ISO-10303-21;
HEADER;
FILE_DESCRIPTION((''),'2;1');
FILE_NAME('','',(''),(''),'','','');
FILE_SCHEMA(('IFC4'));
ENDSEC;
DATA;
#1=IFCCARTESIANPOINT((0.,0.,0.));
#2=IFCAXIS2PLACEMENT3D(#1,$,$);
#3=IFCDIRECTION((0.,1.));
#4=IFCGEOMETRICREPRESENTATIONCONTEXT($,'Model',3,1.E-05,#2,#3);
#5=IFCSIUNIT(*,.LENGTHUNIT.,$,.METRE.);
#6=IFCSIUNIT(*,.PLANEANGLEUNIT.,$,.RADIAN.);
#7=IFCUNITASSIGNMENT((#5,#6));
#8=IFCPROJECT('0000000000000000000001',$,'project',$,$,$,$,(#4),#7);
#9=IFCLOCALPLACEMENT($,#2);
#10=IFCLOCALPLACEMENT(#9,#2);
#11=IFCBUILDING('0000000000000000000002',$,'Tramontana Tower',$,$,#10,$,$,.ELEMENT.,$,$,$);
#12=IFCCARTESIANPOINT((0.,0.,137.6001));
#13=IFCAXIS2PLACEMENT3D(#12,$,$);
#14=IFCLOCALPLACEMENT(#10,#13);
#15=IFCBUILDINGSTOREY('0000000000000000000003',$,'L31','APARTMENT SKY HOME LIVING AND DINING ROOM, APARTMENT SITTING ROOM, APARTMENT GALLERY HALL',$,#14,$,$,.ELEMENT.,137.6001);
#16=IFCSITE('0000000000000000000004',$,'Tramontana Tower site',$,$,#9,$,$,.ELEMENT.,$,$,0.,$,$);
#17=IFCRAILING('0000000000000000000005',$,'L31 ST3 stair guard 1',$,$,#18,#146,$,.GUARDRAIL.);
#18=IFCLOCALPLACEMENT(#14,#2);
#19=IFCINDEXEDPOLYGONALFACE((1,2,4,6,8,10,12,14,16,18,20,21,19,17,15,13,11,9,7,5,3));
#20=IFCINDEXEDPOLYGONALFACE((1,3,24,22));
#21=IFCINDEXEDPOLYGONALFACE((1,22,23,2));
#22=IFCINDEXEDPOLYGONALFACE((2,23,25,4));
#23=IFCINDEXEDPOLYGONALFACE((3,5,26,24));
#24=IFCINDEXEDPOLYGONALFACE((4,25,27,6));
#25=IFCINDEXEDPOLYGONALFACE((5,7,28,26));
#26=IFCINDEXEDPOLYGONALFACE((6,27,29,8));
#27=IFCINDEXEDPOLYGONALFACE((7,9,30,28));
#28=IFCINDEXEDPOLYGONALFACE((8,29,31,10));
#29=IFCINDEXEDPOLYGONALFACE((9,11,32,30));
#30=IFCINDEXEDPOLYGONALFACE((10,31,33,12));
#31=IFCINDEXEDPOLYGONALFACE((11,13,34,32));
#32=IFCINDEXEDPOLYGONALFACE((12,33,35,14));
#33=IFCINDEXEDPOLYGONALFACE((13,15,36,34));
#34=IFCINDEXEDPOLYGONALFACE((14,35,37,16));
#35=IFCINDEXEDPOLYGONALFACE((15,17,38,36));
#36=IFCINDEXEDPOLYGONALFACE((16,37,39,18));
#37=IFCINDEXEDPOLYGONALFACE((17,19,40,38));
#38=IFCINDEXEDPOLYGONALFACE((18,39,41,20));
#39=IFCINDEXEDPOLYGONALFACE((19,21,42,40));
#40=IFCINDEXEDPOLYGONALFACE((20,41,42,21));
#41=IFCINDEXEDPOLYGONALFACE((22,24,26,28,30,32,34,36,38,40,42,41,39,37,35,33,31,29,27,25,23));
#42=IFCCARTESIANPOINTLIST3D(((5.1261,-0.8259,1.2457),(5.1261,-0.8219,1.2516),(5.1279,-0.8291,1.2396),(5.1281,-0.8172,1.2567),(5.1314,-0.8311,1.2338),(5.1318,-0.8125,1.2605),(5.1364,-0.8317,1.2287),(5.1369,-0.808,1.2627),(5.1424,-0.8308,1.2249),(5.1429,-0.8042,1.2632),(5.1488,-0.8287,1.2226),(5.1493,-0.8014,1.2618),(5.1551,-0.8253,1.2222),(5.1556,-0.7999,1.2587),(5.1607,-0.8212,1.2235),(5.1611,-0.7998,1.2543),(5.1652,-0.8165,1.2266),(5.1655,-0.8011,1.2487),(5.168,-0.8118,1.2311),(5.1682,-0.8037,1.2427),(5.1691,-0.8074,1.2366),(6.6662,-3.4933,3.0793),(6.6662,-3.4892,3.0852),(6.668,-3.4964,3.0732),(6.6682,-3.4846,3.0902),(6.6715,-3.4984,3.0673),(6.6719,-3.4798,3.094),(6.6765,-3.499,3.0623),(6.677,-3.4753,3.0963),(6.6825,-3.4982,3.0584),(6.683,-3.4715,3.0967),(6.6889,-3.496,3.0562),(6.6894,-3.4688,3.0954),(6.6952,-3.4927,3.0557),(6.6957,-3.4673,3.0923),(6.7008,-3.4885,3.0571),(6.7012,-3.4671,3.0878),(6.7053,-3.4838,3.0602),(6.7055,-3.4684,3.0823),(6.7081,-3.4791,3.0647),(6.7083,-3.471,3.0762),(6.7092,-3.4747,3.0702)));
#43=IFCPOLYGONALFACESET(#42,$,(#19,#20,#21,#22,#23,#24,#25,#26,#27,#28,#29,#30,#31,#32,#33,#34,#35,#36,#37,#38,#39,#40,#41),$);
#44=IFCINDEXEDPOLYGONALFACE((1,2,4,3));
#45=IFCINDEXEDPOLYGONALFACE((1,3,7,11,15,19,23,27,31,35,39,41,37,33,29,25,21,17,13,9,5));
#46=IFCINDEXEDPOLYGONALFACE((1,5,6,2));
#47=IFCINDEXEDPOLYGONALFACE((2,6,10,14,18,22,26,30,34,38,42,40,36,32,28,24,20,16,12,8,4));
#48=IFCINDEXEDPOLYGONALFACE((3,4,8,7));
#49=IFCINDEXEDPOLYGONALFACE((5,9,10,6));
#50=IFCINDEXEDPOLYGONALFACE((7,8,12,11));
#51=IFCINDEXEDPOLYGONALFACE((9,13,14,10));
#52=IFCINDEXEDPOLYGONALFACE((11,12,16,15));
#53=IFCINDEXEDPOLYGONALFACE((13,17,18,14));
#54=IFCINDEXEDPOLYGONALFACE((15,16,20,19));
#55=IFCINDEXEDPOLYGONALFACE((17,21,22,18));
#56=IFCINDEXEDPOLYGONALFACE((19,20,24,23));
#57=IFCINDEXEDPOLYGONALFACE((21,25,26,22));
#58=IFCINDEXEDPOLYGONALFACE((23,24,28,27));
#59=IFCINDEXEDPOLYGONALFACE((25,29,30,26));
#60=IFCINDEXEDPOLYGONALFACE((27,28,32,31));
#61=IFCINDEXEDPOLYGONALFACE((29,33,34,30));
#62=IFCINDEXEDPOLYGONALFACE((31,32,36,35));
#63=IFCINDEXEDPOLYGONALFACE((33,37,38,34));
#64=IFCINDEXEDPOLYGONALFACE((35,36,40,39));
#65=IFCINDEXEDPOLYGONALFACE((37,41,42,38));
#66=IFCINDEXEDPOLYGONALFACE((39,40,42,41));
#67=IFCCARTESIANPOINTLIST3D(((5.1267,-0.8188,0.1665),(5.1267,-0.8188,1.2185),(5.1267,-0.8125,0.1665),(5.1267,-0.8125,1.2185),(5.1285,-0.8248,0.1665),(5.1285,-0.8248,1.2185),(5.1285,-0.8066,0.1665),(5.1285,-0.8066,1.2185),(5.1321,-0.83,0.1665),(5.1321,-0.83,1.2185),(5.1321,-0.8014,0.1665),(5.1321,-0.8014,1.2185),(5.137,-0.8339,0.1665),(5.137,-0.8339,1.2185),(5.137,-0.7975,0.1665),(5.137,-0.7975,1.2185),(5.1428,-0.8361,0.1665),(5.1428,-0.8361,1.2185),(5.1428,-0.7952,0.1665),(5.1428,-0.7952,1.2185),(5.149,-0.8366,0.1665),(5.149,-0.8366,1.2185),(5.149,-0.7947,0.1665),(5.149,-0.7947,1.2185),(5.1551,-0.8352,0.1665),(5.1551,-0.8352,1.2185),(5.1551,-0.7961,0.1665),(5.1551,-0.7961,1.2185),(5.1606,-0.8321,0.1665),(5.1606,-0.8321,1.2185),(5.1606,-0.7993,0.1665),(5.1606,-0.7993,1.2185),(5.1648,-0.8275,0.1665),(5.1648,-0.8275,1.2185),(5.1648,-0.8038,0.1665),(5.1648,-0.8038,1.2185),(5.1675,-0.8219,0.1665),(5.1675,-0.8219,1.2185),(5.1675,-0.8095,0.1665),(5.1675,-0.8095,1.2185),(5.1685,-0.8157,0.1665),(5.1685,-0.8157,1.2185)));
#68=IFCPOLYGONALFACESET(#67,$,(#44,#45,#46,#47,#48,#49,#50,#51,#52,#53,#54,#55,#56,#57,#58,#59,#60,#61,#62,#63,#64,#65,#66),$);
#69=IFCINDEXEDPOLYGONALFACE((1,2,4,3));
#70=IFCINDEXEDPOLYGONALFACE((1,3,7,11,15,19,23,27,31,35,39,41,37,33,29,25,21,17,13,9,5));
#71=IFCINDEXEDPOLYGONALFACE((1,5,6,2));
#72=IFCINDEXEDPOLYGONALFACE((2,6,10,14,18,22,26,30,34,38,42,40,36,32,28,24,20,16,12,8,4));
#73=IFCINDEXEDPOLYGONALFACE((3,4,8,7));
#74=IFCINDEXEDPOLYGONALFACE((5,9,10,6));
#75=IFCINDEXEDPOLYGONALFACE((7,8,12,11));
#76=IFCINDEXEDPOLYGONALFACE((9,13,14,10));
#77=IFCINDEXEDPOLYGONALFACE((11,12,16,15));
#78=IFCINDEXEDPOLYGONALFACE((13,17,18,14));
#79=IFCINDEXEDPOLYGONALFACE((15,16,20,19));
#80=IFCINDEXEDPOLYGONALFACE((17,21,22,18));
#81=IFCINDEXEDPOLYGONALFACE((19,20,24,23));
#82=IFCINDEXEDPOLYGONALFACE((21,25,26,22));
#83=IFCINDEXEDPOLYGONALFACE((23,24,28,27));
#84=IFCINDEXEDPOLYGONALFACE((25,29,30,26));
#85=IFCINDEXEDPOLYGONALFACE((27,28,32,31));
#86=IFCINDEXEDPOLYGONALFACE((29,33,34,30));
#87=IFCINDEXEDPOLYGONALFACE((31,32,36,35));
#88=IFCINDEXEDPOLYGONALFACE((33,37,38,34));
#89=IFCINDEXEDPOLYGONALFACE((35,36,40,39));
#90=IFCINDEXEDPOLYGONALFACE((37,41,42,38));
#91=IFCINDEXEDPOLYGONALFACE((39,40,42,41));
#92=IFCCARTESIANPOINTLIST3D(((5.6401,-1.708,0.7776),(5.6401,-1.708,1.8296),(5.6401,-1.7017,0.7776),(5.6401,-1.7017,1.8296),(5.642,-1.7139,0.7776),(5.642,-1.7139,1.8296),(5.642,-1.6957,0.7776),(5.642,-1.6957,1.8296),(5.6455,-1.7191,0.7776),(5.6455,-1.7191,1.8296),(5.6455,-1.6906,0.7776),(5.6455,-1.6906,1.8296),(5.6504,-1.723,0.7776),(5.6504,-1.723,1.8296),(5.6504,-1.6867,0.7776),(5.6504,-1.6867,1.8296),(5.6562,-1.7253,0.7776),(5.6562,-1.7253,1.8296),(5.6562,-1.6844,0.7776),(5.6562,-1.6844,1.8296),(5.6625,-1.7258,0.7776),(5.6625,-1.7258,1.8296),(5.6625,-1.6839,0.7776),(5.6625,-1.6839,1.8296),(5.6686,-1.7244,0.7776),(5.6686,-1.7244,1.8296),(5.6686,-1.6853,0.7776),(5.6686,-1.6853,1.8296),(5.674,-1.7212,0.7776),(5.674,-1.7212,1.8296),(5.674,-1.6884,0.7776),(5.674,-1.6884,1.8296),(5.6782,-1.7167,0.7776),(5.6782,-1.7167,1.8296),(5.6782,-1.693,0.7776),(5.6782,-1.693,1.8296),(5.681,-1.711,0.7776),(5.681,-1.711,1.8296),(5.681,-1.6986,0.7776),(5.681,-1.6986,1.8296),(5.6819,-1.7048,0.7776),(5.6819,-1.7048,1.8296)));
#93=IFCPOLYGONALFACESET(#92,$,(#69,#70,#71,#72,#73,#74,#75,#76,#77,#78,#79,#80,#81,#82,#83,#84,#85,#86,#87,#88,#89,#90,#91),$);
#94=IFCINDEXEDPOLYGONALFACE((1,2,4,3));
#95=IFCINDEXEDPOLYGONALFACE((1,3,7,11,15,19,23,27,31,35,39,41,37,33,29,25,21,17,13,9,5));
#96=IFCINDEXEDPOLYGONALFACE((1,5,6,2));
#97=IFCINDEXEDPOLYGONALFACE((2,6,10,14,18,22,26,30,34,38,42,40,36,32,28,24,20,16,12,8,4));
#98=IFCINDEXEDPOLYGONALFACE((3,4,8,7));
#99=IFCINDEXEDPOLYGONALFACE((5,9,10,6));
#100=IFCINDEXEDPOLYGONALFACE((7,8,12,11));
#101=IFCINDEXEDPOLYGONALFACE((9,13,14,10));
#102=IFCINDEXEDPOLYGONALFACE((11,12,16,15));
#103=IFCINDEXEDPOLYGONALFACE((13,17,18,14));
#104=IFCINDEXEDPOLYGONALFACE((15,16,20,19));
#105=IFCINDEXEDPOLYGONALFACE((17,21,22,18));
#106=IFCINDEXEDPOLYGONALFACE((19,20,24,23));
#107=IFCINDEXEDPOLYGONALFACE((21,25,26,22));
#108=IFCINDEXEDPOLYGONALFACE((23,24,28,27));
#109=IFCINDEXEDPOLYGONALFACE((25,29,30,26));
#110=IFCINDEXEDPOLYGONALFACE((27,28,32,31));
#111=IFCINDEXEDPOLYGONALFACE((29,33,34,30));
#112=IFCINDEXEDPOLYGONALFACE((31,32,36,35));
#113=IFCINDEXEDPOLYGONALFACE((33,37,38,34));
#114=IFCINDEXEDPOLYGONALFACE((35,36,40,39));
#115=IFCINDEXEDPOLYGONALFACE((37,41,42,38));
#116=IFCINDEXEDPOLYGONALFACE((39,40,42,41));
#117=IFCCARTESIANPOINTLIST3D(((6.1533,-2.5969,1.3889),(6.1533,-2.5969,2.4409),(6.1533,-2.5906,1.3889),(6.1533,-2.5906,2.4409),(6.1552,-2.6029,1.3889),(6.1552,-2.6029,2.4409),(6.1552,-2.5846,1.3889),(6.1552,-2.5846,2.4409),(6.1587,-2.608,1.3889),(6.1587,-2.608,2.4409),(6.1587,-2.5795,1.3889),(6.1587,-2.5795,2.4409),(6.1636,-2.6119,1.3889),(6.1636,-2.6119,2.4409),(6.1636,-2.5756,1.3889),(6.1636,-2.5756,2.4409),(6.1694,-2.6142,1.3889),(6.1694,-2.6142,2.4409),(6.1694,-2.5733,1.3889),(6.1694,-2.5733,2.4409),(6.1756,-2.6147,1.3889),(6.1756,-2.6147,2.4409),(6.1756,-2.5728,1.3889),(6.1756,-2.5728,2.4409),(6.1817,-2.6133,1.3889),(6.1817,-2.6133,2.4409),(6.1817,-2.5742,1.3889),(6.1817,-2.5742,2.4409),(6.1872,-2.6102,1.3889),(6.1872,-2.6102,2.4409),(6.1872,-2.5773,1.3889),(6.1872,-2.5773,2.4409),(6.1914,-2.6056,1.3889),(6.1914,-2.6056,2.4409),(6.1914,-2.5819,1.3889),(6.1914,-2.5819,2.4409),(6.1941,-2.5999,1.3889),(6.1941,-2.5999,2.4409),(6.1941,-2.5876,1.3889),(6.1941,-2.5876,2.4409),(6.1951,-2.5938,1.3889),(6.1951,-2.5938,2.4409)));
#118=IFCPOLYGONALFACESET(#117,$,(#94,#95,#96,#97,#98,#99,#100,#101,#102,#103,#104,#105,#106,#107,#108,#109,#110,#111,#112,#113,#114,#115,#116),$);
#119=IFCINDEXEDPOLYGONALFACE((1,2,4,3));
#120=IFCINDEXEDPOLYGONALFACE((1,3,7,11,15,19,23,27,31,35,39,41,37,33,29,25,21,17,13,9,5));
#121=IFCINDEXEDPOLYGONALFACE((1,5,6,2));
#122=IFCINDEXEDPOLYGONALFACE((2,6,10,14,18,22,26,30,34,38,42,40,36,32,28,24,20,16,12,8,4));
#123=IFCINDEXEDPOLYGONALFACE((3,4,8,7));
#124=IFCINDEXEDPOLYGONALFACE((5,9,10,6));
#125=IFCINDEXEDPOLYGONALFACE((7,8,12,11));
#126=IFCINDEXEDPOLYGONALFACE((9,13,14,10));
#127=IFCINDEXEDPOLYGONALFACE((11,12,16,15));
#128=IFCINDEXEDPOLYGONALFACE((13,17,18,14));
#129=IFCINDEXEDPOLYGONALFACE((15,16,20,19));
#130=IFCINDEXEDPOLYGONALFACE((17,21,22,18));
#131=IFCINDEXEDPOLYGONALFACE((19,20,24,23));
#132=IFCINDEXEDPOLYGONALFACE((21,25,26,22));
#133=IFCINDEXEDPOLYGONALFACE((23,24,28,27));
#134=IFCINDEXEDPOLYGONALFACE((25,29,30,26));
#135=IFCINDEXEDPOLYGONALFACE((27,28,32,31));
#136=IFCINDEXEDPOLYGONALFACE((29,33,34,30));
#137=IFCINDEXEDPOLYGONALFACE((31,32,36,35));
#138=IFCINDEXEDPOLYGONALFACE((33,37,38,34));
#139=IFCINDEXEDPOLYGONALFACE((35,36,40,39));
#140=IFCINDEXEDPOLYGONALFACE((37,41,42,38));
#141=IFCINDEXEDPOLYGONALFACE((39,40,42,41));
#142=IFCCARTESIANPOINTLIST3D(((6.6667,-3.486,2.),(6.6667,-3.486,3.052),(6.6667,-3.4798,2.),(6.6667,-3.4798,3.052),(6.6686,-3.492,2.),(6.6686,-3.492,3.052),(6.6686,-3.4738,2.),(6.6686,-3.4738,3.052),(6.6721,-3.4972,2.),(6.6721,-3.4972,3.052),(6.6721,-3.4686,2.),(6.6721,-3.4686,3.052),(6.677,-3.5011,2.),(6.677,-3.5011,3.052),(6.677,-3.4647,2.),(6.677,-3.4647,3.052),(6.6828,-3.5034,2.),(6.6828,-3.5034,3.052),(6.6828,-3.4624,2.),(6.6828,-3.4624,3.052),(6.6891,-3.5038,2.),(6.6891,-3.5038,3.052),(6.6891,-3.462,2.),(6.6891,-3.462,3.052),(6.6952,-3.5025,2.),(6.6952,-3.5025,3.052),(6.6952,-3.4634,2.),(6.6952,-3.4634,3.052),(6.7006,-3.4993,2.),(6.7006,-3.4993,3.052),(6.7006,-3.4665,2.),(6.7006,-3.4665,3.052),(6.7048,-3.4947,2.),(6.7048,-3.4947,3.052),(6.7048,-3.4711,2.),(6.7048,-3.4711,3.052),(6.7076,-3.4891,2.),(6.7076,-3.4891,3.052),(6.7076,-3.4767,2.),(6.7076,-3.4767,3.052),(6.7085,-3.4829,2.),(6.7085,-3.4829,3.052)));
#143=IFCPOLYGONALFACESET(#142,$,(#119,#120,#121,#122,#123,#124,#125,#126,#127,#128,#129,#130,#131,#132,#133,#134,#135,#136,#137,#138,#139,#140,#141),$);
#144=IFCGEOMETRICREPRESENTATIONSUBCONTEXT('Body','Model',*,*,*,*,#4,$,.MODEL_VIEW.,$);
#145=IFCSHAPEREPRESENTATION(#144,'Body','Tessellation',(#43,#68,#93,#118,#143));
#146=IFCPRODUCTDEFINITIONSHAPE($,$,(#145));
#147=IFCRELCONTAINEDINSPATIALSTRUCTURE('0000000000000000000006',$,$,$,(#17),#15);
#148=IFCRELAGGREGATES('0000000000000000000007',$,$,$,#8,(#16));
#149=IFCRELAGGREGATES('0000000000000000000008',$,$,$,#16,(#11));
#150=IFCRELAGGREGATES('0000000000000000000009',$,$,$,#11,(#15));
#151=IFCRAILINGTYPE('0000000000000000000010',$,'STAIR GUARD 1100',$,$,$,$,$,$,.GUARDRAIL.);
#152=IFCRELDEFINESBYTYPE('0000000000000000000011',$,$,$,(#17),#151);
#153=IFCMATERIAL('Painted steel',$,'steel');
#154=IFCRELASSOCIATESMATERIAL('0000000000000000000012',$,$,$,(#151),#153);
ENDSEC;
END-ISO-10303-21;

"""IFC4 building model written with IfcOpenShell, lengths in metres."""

from ifc_helpers import new_model, si_unit, direction, frame, origin, origin_2d, place, context, subcontext, project, spatial, circle, extrude, material, type_object, element, save


model = new_model("IFC4")

# Units and contexts
model_context = context("Model", 3, precision=1e-05, world=origin(), true_north=direction((0.0, 1.0)))
body_context = subcontext(model_context, "Body", "Model", "MODEL_VIEW")
ifc_project = project(units=[si_unit("LENGTHUNIT", "METRE"), si_unit("PLANEANGLEUNIT", "RADIAN")], contexts=[model_context])

# Site, building, storey
site_placement = place(None, origin())
site = spatial("IfcSite", under=ifc_project, at=site_placement, Name="Tramontana Tower site", CompositionType="ELEMENT", RefElevation=0.0)
building_placement = place(site_placement, origin())
building = spatial("IfcBuilding", under=site, at=building_placement, Name="Tramontana Tower", CompositionType="ELEMENT")
storey_placement = place(building_placement, frame((0.0, 0.0, 137.6001)))
storey = spatial("IfcBuildingStorey", under=building, at=storey_placement, Name="L31", Description="APARTMENT SKY HOME LIVING AND DINING ROOM, APARTMENT SITTING ROOM, APARTMENT GALLERY HALL", CompositionType="ELEMENT", Elevation=137.6001)

# Railing
ifc_material_1 = material(Name="Painted steel", Category="steel")
railing_type = type_object("IfcRailingType", Name="STAIR GUARD 1100", PredefinedType="GUARDRAIL", material=ifc_material_1)
railing_1_placement = place(storey_placement, frame((5.1475, -0.8157, 0.1665)))
element("IfcRailing", 1, at=railing_1_placement, inside=storey, type_object=railing_type, Name="L31 ST3 stair guard 1", PredefinedType="GUARDRAIL", context=body_context, shape_type="SweptSolid", body=[
    extrude(circle(Radius=0.0239, at=origin_2d()), frame((0.0, 0.0, 1.0762), z_axis=(0.429656, -0.744134, 0.511528), x_axis=(0.86601, 0.500027, 0.0)), (0.0, 0.0, 1.0), 3.5845),
    extrude(circle(Radius=0.021, at=origin_2d()), origin(), (0.0, 0.0, 1.0), 1.052),
    extrude(circle(Radius=0.021, at=origin_2d()), frame((0.5134, -0.8892, 0.6111)), (0.0, 0.0, 1.0), 1.052),
    extrude(circle(Radius=0.021, at=origin_2d()), frame((1.0266, -1.7781, 1.2224)), (0.0, 0.0, 1.0), 1.052),
    extrude(circle(Radius=0.021, at=origin_2d()), frame((1.54, -2.6672, 1.8335)), (0.0, 0.0, 1.0), 1.052),
])

save(model, "model.ifc")
